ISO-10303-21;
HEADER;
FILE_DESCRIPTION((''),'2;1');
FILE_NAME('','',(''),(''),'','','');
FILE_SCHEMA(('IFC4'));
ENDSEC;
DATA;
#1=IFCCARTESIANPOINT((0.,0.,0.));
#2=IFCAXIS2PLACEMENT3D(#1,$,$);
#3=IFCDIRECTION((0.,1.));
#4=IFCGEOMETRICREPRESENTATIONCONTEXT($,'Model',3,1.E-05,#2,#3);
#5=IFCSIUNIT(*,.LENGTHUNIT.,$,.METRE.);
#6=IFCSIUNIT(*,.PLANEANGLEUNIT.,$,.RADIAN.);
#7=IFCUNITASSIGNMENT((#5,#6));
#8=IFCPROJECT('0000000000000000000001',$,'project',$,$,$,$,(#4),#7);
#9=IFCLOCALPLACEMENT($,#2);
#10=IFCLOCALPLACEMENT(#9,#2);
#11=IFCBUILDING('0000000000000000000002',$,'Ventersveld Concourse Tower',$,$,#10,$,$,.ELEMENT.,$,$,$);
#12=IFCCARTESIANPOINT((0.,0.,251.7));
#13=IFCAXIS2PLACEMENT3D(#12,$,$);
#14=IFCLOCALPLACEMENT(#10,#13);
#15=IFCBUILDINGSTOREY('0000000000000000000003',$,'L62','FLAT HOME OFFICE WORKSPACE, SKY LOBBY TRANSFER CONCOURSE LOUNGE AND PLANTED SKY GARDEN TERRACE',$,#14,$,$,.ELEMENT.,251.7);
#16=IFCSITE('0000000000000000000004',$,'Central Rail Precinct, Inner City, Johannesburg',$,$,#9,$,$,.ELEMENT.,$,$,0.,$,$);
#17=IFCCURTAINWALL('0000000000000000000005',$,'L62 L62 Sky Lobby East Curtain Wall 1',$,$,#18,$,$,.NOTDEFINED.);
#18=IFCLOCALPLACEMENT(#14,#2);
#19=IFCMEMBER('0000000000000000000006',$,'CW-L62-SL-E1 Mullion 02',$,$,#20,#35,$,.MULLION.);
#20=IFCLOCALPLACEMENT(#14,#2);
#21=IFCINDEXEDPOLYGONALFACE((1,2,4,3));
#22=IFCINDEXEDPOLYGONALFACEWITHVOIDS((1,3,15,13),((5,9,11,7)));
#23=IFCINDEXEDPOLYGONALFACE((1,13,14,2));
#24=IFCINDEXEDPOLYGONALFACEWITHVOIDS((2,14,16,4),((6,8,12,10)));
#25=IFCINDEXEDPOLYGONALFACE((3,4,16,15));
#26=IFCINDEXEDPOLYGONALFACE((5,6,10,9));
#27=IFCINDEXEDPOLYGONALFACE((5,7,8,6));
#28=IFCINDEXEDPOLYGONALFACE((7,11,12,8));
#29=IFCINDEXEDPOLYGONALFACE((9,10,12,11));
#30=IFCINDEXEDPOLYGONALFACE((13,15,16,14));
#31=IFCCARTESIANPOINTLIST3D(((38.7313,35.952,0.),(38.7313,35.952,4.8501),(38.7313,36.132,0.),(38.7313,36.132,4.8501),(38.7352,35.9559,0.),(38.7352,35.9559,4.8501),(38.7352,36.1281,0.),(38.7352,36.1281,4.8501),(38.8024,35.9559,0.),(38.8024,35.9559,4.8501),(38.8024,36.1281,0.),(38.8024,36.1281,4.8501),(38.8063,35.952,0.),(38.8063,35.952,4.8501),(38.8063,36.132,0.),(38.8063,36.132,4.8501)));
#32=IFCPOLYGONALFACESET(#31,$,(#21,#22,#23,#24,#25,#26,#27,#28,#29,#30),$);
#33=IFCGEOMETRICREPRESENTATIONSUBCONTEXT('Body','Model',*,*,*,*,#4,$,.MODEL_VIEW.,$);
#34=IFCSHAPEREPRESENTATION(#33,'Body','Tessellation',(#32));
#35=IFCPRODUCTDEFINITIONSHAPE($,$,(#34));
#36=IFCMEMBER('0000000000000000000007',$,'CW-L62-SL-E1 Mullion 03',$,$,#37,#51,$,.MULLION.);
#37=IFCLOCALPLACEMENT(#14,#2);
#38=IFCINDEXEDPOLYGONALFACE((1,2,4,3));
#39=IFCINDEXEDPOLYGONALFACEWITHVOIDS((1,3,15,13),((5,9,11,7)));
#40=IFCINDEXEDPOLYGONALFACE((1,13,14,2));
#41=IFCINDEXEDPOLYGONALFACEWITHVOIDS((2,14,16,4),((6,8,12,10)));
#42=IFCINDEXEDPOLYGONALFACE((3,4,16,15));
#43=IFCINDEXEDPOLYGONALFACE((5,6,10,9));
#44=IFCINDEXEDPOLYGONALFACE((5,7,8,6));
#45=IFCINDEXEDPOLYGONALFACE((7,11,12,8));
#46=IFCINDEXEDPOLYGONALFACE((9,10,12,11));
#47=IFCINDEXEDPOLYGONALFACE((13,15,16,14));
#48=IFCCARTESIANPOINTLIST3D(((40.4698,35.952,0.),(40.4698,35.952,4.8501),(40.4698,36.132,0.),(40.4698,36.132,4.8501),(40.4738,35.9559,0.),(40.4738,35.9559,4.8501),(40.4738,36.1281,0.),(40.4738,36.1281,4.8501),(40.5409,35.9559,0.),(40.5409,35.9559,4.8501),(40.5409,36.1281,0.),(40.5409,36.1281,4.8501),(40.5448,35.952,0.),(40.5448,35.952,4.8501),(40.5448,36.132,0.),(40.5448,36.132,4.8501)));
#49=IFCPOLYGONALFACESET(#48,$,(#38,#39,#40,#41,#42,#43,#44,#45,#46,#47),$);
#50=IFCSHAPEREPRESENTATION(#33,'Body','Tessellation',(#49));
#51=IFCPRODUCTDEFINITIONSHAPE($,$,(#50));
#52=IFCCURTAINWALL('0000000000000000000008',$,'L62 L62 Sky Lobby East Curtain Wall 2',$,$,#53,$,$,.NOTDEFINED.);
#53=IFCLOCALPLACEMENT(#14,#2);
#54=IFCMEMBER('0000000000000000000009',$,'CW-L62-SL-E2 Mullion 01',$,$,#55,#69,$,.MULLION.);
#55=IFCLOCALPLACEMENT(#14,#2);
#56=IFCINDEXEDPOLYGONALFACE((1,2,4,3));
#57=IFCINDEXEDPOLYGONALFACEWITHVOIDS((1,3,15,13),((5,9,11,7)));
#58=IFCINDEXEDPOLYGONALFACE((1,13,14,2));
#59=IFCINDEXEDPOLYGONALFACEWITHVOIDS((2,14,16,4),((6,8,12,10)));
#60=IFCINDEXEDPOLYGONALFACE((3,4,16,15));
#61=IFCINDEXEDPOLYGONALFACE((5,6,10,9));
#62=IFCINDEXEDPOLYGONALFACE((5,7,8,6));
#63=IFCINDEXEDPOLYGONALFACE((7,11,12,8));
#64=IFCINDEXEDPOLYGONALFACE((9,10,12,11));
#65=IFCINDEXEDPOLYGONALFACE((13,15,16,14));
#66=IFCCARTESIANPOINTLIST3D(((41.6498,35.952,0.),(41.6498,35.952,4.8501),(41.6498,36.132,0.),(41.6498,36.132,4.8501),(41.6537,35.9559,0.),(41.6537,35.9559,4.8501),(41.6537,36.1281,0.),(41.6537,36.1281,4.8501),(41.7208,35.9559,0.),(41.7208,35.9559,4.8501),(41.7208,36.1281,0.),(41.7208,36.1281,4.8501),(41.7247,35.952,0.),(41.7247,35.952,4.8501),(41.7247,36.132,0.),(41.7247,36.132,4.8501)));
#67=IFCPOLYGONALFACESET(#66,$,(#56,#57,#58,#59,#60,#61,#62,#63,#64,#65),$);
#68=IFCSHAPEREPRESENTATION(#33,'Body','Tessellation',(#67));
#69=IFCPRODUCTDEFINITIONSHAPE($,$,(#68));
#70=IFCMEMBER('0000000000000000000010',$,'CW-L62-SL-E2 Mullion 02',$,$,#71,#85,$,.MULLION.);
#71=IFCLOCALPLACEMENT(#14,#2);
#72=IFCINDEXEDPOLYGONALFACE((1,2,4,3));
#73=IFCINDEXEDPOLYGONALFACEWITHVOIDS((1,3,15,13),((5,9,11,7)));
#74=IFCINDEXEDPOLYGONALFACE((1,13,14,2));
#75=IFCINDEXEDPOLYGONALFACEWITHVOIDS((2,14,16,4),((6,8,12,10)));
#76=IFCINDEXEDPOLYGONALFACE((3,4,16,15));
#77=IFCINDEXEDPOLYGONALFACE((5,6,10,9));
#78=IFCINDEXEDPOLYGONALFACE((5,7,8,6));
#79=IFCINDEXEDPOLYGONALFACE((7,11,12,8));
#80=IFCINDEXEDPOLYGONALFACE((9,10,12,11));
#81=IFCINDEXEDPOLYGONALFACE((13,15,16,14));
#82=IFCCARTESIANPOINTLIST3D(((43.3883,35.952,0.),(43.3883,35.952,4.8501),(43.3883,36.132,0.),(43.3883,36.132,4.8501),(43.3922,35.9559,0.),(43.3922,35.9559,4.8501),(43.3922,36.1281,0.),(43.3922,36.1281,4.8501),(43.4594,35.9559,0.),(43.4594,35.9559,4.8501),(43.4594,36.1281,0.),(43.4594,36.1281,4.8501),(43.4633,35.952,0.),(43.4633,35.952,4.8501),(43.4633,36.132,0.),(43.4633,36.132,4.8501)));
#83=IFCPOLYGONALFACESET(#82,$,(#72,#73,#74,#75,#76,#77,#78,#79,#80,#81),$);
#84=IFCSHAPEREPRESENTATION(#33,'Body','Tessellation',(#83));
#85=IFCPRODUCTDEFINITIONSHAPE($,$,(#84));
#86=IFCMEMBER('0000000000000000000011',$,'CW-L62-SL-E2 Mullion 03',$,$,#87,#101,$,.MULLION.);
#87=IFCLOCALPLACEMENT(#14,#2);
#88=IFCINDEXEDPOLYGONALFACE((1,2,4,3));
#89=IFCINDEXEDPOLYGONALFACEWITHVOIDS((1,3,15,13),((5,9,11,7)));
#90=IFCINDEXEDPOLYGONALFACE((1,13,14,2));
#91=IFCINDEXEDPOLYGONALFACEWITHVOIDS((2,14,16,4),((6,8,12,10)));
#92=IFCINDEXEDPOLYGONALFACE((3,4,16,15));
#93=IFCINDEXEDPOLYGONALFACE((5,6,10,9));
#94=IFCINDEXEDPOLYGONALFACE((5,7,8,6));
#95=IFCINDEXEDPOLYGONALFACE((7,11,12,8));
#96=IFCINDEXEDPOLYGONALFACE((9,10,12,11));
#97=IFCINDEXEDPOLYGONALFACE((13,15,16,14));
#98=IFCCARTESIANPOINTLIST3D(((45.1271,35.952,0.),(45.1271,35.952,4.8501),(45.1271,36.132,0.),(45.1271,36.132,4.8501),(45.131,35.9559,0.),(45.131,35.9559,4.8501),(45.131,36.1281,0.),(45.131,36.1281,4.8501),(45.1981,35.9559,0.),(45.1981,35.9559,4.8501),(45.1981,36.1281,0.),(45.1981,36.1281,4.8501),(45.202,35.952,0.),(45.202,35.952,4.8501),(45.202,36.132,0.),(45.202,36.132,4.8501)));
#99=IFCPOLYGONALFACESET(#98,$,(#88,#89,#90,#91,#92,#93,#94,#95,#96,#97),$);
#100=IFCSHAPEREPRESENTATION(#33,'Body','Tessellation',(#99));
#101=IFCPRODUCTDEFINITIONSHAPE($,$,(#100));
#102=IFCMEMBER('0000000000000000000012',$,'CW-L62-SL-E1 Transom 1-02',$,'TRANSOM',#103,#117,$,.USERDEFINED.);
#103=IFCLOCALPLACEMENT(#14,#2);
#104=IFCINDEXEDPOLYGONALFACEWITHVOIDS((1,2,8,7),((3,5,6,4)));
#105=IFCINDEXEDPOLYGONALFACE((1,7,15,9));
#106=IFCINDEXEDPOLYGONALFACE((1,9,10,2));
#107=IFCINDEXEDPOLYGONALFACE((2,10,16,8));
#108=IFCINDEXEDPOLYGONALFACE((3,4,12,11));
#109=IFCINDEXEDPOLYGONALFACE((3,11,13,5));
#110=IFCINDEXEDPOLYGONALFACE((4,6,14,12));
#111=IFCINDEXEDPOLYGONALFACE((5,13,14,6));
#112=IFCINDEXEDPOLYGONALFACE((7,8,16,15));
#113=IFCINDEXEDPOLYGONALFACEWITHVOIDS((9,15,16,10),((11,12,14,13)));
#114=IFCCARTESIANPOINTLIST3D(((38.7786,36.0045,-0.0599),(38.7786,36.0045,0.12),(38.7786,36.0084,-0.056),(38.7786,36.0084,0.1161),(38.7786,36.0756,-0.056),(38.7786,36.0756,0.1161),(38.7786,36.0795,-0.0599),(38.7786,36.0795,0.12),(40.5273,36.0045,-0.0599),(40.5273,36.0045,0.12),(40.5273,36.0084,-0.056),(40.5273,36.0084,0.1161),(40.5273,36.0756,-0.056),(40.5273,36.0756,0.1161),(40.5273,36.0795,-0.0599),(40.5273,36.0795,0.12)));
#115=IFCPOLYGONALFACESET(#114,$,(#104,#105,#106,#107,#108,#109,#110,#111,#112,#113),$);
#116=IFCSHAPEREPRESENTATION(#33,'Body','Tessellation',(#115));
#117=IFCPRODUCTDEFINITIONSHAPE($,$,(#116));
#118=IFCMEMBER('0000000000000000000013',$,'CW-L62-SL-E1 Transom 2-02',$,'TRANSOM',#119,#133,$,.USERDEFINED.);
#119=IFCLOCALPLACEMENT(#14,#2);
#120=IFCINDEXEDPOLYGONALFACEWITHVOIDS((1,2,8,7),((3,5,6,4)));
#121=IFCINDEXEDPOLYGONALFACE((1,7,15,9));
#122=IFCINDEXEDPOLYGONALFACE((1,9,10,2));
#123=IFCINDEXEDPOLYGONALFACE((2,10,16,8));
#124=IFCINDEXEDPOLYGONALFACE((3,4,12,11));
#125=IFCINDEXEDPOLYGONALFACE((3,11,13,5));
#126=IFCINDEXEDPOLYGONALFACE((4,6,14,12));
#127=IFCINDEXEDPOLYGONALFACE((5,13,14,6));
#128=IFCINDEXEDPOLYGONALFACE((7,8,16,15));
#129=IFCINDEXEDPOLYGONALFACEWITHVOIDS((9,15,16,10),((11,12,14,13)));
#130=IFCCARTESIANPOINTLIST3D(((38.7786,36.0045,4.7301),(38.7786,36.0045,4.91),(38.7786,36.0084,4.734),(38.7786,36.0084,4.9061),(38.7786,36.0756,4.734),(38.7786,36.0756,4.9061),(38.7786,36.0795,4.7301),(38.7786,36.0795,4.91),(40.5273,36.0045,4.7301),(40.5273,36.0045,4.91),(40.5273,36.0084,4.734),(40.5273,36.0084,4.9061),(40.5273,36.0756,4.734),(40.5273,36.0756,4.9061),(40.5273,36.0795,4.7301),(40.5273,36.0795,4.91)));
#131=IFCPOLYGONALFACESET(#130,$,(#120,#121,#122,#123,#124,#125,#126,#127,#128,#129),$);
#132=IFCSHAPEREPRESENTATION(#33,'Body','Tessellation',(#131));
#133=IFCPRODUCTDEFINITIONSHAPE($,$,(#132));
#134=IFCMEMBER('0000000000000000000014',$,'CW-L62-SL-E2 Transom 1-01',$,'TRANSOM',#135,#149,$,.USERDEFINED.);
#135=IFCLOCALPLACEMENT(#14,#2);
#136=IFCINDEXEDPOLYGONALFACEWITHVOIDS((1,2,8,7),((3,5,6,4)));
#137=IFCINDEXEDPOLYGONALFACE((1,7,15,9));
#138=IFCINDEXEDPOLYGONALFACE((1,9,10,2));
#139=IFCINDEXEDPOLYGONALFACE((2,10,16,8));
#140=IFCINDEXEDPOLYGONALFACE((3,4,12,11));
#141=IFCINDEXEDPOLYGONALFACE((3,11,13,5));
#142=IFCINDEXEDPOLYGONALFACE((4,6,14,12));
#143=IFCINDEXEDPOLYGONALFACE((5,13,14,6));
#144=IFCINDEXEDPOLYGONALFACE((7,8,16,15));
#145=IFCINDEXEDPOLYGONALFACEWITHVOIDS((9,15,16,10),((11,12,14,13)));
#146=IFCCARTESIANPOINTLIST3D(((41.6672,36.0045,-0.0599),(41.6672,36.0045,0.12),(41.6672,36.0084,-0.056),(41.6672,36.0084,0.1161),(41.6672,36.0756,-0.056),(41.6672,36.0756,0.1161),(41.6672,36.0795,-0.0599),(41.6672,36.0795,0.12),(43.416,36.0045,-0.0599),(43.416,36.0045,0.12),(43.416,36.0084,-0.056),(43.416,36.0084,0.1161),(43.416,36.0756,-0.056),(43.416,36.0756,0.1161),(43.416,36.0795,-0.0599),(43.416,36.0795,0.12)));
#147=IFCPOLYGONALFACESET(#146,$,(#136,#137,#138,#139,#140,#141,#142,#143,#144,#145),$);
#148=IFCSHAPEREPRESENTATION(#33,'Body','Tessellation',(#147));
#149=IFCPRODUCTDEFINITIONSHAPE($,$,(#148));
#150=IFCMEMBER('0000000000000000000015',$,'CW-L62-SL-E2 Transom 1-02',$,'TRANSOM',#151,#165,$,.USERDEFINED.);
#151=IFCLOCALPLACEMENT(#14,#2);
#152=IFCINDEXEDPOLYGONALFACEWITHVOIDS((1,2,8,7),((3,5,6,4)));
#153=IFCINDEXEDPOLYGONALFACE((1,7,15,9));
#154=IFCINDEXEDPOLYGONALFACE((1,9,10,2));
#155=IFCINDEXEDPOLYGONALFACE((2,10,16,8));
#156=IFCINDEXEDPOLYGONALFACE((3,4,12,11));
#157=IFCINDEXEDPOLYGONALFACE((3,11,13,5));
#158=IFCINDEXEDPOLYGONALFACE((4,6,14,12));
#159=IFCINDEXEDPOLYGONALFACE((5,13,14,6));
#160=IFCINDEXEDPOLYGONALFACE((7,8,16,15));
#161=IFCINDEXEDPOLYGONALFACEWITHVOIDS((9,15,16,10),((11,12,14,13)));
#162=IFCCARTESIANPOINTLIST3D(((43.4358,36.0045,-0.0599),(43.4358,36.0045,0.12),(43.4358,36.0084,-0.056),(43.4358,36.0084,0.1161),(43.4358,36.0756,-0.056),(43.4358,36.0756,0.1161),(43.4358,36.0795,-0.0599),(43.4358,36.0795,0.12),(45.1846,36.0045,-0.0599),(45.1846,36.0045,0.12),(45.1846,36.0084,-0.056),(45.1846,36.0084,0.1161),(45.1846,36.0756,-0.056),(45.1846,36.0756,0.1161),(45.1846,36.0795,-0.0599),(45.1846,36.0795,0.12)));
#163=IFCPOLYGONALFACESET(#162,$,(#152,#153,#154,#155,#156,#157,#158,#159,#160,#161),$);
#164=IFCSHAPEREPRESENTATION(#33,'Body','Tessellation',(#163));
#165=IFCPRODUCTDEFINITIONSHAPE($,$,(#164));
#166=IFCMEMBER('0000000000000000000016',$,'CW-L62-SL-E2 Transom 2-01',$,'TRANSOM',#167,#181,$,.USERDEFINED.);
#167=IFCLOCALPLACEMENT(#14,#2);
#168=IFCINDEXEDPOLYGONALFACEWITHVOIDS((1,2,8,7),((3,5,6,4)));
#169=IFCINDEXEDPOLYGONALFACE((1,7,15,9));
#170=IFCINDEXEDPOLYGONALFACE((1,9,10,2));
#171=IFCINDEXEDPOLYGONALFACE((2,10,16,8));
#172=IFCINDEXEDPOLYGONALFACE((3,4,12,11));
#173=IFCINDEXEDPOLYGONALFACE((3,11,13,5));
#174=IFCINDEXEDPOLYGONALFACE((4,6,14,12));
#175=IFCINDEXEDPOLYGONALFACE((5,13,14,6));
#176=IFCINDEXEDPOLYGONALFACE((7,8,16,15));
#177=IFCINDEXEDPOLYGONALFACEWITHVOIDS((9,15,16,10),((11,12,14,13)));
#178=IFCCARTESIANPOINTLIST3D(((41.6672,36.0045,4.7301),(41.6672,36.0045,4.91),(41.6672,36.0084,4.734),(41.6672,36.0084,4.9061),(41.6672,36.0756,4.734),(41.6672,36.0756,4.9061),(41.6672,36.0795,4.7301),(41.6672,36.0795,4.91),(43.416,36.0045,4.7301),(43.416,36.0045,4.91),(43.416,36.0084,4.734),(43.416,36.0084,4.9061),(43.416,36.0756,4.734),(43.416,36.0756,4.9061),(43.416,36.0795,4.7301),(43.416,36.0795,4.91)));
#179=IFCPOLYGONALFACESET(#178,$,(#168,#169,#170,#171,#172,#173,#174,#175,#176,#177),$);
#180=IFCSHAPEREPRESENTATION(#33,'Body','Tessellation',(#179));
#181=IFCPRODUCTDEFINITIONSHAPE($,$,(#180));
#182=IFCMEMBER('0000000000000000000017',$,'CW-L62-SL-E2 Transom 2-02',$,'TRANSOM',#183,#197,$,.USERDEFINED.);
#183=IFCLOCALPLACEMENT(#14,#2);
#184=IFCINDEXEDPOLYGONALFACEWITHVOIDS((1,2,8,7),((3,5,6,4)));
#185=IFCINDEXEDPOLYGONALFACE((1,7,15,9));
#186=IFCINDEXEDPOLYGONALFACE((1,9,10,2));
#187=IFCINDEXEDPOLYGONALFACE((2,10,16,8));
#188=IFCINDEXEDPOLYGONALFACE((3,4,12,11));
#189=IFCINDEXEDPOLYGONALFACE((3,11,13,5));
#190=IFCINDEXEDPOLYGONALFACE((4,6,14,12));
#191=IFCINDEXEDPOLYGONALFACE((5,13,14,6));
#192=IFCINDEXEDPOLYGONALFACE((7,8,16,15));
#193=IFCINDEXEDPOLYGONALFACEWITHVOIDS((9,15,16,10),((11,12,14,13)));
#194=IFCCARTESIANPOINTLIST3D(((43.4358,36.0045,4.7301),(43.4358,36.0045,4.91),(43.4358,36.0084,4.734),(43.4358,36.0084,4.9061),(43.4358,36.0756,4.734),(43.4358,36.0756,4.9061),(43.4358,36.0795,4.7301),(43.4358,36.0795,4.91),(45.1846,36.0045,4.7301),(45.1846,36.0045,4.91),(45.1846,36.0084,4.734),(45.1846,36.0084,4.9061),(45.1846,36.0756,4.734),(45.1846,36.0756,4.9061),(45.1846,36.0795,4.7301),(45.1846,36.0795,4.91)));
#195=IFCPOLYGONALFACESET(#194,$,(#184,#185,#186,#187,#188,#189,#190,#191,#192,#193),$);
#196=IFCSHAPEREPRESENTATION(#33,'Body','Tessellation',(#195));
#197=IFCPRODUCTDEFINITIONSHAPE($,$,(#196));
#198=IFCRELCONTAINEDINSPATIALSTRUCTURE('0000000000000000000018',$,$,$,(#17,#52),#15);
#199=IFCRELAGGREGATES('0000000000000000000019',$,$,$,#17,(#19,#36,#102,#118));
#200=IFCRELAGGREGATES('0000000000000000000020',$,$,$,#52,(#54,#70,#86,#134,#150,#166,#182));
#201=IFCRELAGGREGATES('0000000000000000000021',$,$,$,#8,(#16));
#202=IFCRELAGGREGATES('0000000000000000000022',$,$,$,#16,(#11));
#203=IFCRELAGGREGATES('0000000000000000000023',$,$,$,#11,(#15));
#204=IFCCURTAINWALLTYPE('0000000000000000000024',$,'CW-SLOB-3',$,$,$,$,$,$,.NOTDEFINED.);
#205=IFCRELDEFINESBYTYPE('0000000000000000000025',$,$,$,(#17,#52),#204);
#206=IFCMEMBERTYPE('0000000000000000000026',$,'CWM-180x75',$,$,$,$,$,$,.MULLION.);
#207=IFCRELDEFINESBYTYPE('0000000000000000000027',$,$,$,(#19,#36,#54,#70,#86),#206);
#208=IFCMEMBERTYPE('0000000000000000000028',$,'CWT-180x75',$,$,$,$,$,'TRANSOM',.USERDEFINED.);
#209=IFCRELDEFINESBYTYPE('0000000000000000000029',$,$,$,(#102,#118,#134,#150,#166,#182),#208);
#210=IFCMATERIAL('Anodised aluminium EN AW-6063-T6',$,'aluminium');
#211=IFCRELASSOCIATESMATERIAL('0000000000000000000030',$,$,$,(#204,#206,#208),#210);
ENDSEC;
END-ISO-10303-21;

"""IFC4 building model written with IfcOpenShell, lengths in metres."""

from ifc_helpers import new_model, si_unit, direction, frame, origin, origin_2d, place, context, subcontext, project, spatial, hollow_rectangle, extrude, material, material_profile, profile_set, type_object, element, aggregate, save


model = new_model("IFC4")

# Units and contexts
model_context = context("Model", 3, precision=1e-05, world=origin(), true_north=direction((0.0, 1.0)))
body_context = subcontext(model_context, "Body", "Model", "MODEL_VIEW")
ifc_project = project(units=[si_unit("LENGTHUNIT", "METRE"), si_unit("PLANEANGLEUNIT", "RADIAN")], contexts=[model_context])

# Site, building, storey
site_placement = place(None, origin())
site = spatial("IfcSite", under=ifc_project, at=site_placement, Name="Central Rail Precinct, Inner City, Johannesburg", CompositionType="ELEMENT", RefElevation=0.0)
building_placement = place(site_placement, origin())
building = spatial("IfcBuilding", under=site, at=building_placement, Name="Ventersveld Concourse Tower", CompositionType="ELEMENT")
storey_placement = place(building_placement, frame((0.0, 0.0, 251.7)))
storey = spatial("IfcBuildingStorey", under=building, at=storey_placement, Name="L62", Description="FLAT HOME OFFICE WORKSPACE, SKY LOBBY TRANSFER CONCOURSE LOUNGE AND PLANTED SKY GARDEN TERRACE", CompositionType="ELEMENT", Elevation=251.7)

# Curtain walls, members
ifc_material_1 = material(Name="Anodised aluminium EN AW-6063-T6", Category="aluminium")
curtain_wall_type = type_object("IfcCurtainWallType", Name="CW-SLOB-3", PredefinedType="NOTDEFINED", material=ifc_material_1)
curtain_wall_1_placement = place(storey_placement, origin())
curtain_wall_1 = element("IfcCurtainWall", 1, at=curtain_wall_1_placement, inside=storey, type_object=curtain_wall_type, Name="L62 L62 Sky Lobby East Curtain Wall 1", PredefinedType="NOTDEFINED")
ifc_material_profile_1 = material_profile(ifc_material_1, hollow_rectangle(XDim=0.075, YDim=0.1799, WallThickness=0.0039, at=origin_2d()), Name="ALU 180x75x4")
ifc_profile_set_1 = profile_set([ifc_material_profile_1], Name="Anodised aluminium EN AW-6063-T6")
member_type_1 = type_object("IfcMemberType", Name="CWM-180x75", PredefinedType="MULLION", material=ifc_profile_set_1)
member_1_placement = place(storey_placement, frame((38.7688, 36.042, 0.0), z_axis=(0.0, 0.0, 1.0), x_axis=(1.0, 0.0, 0.0)))
member_1 = element("IfcMember", 2, at=member_1_placement, type_object=member_type_1, Name="CW-L62-SL-E1 Mullion 02", PredefinedType="MULLION", context=body_context, shape_type="SweptSolid", body=[
    extrude(hollow_rectangle(XDim=0.075, YDim=0.1799, WallThickness=0.0039, at=origin_2d()), origin(), (0.0, 0.0, 1.0), 4.8501),
])
member_2_placement = place(storey_placement, frame((40.5073, 36.042, 0.0), z_axis=(0.0, 0.0, 1.0), x_axis=(1.0, 0.0, 0.0)))
member_2 = element("IfcMember", 3, at=member_2_placement, type_object=member_type_1, Name="CW-L62-SL-E1 Mullion 03", PredefinedType="MULLION", context=body_context, shape_type="SweptSolid", body=[
    extrude(hollow_rectangle(XDim=0.075, YDim=0.1799, WallThickness=0.0039, at=origin_2d()), origin(), (0.0, 0.0, 1.0), 4.8501),
])
curtain_wall_2_placement = place(storey_placement, origin())
curtain_wall_2 = element("IfcCurtainWall", 4, at=curtain_wall_2_placement, inside=storey, type_object=curtain_wall_type, Name="L62 L62 Sky Lobby East Curtain Wall 2", PredefinedType="NOTDEFINED")
member_3_placement = place(storey_placement, frame((41.6873, 36.042, 0.0), z_axis=(0.0, 0.0, 1.0), x_axis=(1.0, 0.0, 0.0)))
member_3 = element("IfcMember", 5, at=member_3_placement, type_object=member_type_1, Name="CW-L62-SL-E2 Mullion 01", PredefinedType="MULLION", context=body_context, shape_type="SweptSolid", body=[
    extrude(hollow_rectangle(XDim=0.075, YDim=0.1799, WallThickness=0.0039, at=origin_2d()), origin(), (0.0, 0.0, 1.0), 4.8501),
])
member_4_placement = place(storey_placement, frame((43.4258, 36.042, 0.0), z_axis=(0.0, 0.0, 1.0), x_axis=(1.0, 0.0, 0.0)))
member_4 = element("IfcMember", 6, at=member_4_placement, type_object=member_type_1, Name="CW-L62-SL-E2 Mullion 02", PredefinedType="MULLION", context=body_context, shape_type="SweptSolid", body=[
    extrude(hollow_rectangle(XDim=0.075, YDim=0.1799, WallThickness=0.0039, at=origin_2d()), origin(), (0.0, 0.0, 1.0), 4.8501),
])
member_5_placement = place(storey_placement, frame((45.1646, 36.042, 0.0), z_axis=(0.0, 0.0, 1.0), x_axis=(1.0, 0.0, 0.0)))
member_5 = element("IfcMember", 7, at=member_5_placement, type_object=member_type_1, Name="CW-L62-SL-E2 Mullion 03", PredefinedType="MULLION", context=body_context, shape_type="SweptSolid", body=[
    extrude(hollow_rectangle(XDim=0.075, YDim=0.1799, WallThickness=0.0039, at=origin_2d()), origin(), (0.0, 0.0, 1.0), 4.8501),
])

# Members
ifc_material_profile_2 = material_profile(ifc_material_1, hollow_rectangle(XDim=0.075, YDim=0.1799, WallThickness=0.0039, at=origin_2d()), Name="ALU 180x75x4")
ifc_profile_set_2 = profile_set([ifc_material_profile_2], Name="Anodised aluminium EN AW-6063-T6")
member_type_2 = type_object("IfcMemberType", Name="CWT-180x75", ElementType="TRANSOM", PredefinedType="USERDEFINED", material=ifc_profile_set_2)
member_6_placement = place(storey_placement, frame((38.7786, 36.042, 0.03), z_axis=(1.0, 0.0, 0.0), x_axis=(0.0, 1.0, 0.0)))
member_6 = element("IfcMember", 8, at=member_6_placement, type_object=member_type_2, Name="CW-L62-SL-E1 Transom 1-02", ObjectType="TRANSOM", PredefinedType="USERDEFINED", context=body_context, shape_type="SweptSolid", body=[
    extrude(hollow_rectangle(XDim=0.075, YDim=0.1799, WallThickness=0.0039, at=origin_2d()), origin(), (0.0, 0.0, 1.0), 1.7488),
])
member_7_placement = place(storey_placement, frame((38.7786, 36.042, 4.8201), z_axis=(1.0, 0.0, 0.0), x_axis=(0.0, 1.0, 0.0)))
member_7 = element("IfcMember", 9, at=member_7_placement, type_object=member_type_2, Name="CW-L62-SL-E1 Transom 2-02", ObjectType="TRANSOM", PredefinedType="USERDEFINED", context=body_context, shape_type="SweptSolid", body=[
    extrude(hollow_rectangle(XDim=0.075, YDim=0.1799, WallThickness=0.0039, at=origin_2d()), origin(), (0.0, 0.0, 1.0), 1.7488),
])
member_8_placement = place(storey_placement, frame((41.6672, 36.042, 0.03), z_axis=(1.0, 0.0, 0.0), x_axis=(0.0, 1.0, 0.0)))
member_8 = element("IfcMember", 10, at=member_8_placement, type_object=member_type_2, Name="CW-L62-SL-E2 Transom 1-01", ObjectType="TRANSOM", PredefinedType="USERDEFINED", context=body_context, shape_type="SweptSolid", body=[
    extrude(hollow_rectangle(XDim=0.075, YDim=0.1799, WallThickness=0.0039, at=origin_2d()), origin(), (0.0, 0.0, 1.0), 1.7488),
])
member_9_placement = place(storey_placement, frame((43.4358, 36.042, 0.03), z_axis=(1.0, 0.0, 0.0), x_axis=(0.0, 1.0, 0.0)))
member_9 = element("IfcMember", 11, at=member_9_placement, type_object=member_type_2, Name="CW-L62-SL-E2 Transom 1-02", ObjectType="TRANSOM", PredefinedType="USERDEFINED", context=body_context, shape_type="SweptSolid", body=[
    extrude(hollow_rectangle(XDim=0.075, YDim=0.1799, WallThickness=0.0039, at=origin_2d()), origin(), (0.0, 0.0, 1.0), 1.7488),
])
member_10_placement = place(storey_placement, frame((41.6672, 36.042, 4.8201), z_axis=(1.0, 0.0, 0.0), x_axis=(0.0, 1.0, 0.0)))
member_10 = element("IfcMember", 12, at=member_10_placement, type_object=member_type_2, Name="CW-L62-SL-E2 Transom 2-01", ObjectType="TRANSOM", PredefinedType="USERDEFINED", context=body_context, shape_type="SweptSolid", body=[
    extrude(hollow_rectangle(XDim=0.075, YDim=0.1799, WallThickness=0.0039, at=origin_2d()), origin(), (0.0, 0.0, 1.0), 1.7488),
])
member_11_placement = place(storey_placement, frame((43.4358, 36.042, 4.8201), z_axis=(1.0, 0.0, 0.0), x_axis=(0.0, 1.0, 0.0)))
member_11 = element("IfcMember", 13, at=member_11_placement, type_object=member_type_2, Name="CW-L62-SL-E2 Transom 2-02", ObjectType="TRANSOM", PredefinedType="USERDEFINED", context=body_context, shape_type="SweptSolid", body=[
    extrude(hollow_rectangle(XDim=0.075, YDim=0.1799, WallThickness=0.0039, at=origin_2d()), origin(), (0.0, 0.0, 1.0), 1.7488),
])

aggregate(curtain_wall_1, [member_1, member_2, member_6, member_7])
aggregate(curtain_wall_2, [member_3, member_4, member_5, member_8, member_9, member_10, member_11])

save(model, "model.ifc")
